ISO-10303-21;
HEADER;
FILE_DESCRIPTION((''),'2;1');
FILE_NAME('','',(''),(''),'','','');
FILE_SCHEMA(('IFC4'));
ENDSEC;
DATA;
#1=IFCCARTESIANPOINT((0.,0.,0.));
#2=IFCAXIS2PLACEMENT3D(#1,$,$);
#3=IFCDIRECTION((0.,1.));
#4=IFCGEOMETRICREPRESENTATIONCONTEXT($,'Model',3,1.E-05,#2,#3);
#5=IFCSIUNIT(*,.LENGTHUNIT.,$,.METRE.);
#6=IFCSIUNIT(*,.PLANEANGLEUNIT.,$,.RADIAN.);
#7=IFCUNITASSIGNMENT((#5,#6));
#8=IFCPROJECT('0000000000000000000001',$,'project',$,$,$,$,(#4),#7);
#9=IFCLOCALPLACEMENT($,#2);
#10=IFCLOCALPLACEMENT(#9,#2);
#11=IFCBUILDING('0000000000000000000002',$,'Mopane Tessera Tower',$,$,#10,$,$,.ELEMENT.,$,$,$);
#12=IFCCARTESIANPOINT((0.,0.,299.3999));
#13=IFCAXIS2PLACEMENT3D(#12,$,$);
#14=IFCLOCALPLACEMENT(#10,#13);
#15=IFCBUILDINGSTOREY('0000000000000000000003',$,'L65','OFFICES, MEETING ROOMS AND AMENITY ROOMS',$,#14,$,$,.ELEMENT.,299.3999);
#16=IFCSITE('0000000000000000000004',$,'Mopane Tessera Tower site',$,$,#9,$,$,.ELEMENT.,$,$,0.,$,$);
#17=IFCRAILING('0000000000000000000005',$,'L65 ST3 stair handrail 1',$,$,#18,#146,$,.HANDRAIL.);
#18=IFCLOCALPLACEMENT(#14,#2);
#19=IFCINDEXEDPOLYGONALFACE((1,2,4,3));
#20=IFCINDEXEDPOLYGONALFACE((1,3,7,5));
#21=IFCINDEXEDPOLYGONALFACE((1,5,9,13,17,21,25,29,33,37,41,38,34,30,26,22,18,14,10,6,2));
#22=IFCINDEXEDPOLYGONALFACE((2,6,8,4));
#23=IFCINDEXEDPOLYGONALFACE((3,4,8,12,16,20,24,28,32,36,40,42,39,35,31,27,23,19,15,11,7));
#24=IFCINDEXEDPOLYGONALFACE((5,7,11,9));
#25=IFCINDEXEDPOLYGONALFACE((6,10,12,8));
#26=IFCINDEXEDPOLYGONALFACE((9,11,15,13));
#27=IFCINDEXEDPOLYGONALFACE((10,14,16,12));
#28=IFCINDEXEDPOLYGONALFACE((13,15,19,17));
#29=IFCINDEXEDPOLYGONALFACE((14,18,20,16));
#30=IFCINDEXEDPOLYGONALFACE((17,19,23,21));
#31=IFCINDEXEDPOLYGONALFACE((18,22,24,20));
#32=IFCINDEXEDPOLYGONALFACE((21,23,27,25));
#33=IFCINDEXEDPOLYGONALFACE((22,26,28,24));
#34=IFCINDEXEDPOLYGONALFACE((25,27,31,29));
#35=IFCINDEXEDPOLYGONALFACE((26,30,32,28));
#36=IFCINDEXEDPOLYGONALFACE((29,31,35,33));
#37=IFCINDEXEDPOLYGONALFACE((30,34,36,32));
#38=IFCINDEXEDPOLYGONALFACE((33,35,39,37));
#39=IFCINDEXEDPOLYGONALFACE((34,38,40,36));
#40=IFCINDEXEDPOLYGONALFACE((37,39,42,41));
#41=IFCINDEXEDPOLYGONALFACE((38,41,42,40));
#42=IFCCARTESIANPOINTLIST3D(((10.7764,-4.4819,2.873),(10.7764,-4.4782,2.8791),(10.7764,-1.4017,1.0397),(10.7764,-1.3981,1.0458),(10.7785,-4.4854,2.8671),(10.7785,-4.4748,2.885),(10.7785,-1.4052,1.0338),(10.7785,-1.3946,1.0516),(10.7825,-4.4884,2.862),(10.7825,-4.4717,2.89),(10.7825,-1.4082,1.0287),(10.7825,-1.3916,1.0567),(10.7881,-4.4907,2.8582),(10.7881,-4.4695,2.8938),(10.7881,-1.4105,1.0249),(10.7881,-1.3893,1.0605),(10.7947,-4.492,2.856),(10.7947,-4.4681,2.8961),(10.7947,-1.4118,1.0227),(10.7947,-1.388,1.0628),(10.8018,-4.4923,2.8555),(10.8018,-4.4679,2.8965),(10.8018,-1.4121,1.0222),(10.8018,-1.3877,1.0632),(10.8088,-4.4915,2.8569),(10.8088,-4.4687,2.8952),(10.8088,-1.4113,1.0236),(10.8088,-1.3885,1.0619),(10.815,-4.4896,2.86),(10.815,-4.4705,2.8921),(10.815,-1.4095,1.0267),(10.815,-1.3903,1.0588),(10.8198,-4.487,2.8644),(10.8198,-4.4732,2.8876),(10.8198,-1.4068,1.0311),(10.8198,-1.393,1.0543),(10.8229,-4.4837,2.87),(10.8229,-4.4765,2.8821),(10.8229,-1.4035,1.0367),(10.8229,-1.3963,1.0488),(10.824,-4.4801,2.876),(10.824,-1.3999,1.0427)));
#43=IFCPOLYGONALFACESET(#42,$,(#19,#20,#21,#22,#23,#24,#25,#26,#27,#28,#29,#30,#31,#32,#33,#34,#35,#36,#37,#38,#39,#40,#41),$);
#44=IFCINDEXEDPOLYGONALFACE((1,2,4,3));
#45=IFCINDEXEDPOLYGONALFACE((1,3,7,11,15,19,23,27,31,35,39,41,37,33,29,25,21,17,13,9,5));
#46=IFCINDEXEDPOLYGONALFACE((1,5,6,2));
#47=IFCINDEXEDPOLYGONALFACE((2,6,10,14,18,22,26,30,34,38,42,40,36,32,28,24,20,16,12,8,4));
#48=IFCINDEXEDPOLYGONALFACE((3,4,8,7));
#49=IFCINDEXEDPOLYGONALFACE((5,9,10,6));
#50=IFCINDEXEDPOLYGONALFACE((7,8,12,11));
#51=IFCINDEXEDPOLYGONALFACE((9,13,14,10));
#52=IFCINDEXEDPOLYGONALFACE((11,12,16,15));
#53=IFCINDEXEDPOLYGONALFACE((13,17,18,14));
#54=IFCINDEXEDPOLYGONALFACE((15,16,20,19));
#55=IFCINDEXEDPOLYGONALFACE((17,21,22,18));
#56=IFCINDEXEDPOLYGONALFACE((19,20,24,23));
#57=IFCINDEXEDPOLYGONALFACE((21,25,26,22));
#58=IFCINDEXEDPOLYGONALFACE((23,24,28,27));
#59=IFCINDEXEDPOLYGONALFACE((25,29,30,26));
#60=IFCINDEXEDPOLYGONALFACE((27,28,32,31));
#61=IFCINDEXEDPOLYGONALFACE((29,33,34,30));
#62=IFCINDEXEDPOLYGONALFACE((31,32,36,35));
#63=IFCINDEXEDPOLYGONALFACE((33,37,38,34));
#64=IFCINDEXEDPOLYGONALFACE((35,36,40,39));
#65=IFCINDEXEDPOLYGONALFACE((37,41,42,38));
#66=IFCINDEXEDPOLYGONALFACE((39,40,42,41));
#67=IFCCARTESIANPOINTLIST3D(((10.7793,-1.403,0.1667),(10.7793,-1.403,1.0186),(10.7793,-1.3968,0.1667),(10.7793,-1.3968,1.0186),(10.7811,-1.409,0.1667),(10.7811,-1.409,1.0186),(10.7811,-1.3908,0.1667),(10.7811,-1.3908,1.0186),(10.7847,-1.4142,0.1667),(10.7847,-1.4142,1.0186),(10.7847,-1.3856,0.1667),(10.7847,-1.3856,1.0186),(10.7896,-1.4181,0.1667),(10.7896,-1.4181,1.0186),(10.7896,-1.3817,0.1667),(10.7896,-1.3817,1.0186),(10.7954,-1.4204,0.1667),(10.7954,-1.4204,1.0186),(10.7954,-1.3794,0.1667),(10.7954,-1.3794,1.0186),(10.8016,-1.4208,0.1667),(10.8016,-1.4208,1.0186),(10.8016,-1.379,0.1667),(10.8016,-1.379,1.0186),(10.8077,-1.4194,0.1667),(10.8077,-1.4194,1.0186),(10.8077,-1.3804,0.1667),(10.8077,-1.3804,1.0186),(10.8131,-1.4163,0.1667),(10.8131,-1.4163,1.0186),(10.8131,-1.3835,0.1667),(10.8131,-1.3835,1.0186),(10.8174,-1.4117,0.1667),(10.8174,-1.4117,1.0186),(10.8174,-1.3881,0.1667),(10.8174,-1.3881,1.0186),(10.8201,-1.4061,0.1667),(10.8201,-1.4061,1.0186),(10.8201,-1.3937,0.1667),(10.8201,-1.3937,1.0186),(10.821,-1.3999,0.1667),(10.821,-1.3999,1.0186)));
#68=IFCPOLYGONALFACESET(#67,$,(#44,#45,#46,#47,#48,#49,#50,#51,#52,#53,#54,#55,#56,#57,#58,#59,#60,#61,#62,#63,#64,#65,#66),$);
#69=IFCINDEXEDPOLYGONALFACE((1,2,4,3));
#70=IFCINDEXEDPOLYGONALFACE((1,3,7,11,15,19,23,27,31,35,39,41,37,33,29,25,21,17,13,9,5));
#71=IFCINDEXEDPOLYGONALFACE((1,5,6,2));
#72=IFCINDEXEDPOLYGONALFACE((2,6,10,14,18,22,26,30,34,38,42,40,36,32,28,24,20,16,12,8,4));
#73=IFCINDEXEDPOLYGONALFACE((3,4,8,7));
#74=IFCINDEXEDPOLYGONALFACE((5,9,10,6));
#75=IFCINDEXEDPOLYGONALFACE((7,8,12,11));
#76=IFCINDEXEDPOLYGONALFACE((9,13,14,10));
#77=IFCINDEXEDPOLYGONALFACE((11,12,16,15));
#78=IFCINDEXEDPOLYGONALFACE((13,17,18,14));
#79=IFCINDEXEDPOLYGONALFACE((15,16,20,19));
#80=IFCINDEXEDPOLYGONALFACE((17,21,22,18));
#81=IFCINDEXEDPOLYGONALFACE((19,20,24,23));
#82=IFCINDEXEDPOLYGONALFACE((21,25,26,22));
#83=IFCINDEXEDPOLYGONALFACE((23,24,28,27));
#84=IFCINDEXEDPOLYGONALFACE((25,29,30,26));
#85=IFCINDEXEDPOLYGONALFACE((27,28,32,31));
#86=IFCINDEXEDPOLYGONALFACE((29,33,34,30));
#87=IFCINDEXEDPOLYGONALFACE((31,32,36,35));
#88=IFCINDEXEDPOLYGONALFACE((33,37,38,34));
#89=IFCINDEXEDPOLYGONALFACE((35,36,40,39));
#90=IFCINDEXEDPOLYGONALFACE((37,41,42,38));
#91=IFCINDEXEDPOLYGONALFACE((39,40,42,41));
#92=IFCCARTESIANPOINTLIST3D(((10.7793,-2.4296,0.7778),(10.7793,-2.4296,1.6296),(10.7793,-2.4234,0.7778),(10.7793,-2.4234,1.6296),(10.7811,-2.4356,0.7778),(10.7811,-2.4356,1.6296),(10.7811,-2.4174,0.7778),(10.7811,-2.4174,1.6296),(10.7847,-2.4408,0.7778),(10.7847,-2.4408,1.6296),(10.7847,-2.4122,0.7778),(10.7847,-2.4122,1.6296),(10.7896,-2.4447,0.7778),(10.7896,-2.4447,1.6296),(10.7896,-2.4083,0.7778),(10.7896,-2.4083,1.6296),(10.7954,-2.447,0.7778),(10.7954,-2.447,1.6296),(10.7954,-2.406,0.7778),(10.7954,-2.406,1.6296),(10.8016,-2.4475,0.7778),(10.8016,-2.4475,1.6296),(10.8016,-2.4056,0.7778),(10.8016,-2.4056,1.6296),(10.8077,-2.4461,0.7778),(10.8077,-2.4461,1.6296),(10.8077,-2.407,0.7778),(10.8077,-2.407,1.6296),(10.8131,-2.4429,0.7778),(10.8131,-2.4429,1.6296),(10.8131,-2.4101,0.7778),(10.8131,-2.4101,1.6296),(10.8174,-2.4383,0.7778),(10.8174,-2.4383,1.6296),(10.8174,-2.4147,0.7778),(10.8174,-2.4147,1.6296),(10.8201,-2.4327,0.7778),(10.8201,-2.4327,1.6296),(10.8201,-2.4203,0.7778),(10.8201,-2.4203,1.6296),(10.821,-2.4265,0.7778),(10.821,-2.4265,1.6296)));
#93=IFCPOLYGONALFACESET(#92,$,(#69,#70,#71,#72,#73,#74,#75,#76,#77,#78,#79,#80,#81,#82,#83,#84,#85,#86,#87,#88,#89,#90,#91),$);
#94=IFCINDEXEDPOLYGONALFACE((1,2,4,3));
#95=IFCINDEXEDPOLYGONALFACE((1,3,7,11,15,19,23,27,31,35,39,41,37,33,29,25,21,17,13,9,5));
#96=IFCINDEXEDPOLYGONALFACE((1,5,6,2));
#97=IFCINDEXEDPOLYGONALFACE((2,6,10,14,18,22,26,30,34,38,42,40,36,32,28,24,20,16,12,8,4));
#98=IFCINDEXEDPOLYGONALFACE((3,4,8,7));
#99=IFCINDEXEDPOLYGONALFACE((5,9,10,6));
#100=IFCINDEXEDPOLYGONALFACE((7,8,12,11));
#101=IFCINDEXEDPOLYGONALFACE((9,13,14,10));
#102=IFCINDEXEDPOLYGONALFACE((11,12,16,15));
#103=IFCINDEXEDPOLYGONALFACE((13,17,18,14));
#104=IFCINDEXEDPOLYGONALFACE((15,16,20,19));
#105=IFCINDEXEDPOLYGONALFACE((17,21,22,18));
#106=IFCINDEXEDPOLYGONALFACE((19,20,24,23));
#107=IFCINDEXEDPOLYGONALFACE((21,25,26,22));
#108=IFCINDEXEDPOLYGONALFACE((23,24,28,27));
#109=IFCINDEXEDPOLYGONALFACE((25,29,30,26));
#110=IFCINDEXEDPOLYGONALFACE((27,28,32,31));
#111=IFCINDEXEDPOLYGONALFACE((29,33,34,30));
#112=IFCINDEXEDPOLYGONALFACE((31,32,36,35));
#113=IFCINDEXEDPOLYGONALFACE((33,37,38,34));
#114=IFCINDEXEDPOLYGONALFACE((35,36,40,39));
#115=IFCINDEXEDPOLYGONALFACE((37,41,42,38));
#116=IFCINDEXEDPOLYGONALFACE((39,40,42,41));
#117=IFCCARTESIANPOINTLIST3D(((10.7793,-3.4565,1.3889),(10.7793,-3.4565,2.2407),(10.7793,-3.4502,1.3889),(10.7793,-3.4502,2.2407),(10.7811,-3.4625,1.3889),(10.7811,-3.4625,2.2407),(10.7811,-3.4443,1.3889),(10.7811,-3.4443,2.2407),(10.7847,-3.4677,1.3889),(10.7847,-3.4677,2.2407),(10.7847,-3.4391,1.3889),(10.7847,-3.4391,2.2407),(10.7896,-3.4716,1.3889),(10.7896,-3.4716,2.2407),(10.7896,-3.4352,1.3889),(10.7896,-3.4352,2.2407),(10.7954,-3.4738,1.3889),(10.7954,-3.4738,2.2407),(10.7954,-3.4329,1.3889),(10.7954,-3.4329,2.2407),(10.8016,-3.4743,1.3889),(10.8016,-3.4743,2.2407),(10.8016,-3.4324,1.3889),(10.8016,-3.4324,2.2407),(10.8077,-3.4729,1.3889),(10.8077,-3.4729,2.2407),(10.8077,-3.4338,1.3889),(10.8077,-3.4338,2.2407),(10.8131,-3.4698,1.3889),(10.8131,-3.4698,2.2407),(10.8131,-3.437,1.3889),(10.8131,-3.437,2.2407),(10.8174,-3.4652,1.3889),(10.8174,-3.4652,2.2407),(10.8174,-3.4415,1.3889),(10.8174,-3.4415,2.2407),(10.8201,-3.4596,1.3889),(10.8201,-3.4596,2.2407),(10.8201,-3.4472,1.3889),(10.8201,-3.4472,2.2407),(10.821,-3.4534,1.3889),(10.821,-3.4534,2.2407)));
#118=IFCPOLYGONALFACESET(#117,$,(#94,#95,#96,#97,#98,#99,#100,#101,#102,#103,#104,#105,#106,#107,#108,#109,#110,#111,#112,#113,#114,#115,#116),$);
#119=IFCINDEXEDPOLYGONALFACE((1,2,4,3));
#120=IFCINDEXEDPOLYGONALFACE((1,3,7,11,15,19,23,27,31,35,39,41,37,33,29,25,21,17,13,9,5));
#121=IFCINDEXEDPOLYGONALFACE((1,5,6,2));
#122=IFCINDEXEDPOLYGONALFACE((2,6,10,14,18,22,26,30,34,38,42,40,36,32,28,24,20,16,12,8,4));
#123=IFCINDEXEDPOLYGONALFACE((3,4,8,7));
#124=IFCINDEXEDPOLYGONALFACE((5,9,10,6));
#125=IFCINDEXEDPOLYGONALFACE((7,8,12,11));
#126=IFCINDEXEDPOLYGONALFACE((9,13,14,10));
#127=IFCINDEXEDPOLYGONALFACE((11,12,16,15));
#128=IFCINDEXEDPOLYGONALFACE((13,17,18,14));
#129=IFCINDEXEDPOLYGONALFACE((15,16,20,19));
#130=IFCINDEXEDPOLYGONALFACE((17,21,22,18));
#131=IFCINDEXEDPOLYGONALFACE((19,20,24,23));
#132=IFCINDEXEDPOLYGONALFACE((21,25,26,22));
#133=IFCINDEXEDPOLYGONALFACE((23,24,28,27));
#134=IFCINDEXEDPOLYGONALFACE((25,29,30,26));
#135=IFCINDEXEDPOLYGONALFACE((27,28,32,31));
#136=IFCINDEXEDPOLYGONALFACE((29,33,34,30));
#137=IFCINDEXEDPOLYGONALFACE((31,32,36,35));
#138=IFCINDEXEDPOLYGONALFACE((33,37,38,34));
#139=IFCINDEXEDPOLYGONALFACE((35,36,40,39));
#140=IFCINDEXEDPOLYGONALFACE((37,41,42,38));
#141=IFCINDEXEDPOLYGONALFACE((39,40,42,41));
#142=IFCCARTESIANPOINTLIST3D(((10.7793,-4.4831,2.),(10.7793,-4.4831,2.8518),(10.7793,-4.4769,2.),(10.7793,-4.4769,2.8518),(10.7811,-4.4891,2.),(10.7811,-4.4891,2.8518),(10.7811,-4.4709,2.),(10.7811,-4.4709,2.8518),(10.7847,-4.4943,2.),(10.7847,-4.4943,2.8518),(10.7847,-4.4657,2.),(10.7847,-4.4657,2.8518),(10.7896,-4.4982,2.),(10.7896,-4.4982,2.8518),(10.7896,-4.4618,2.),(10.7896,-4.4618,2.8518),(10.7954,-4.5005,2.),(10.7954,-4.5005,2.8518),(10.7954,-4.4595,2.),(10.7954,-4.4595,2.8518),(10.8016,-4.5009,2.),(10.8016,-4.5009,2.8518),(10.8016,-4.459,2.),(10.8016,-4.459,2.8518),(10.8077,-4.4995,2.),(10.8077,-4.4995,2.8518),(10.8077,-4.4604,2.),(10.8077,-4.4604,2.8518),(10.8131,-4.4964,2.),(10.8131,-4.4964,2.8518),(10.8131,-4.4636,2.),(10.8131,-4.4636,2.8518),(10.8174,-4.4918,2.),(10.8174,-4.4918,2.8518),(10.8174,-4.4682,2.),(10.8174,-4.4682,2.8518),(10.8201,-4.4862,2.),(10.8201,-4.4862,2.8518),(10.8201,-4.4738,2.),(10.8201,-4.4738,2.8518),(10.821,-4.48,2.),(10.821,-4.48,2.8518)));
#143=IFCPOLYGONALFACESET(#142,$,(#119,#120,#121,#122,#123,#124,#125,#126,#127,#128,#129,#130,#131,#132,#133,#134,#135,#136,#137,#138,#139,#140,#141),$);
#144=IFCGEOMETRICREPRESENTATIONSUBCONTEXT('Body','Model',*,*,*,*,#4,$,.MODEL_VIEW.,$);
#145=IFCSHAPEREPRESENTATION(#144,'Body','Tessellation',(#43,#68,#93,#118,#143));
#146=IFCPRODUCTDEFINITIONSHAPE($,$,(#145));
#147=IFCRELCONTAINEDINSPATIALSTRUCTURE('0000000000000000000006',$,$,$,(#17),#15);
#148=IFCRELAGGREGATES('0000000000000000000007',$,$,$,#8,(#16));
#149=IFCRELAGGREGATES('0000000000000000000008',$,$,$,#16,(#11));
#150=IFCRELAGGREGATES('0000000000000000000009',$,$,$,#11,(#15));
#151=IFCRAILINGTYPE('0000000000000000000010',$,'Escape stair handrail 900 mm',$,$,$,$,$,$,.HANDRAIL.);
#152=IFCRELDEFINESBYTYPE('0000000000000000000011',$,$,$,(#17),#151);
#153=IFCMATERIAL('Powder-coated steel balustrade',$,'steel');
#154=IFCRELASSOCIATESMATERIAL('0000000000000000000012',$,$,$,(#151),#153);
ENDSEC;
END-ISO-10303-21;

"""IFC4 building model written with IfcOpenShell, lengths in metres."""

from ifc_helpers import new_model, si_unit, direction, frame, origin, origin_2d, place, context, subcontext, project, spatial, circle, extrude, material, type_object, element, save


model = new_model("IFC4")

# Units and contexts
model_context = context("Model", 3, precision=1e-05, world=origin(), true_north=direction((0.0, 1.0)))
body_context = subcontext(model_context, "Body", "Model", "MODEL_VIEW")
ifc_project = project(units=[si_unit("LENGTHUNIT", "METRE"), si_unit("PLANEANGLEUNIT", "RADIAN")], contexts=[model_context])

# Site, building, storey
site_placement = place(None, origin())
site = spatial("IfcSite", under=ifc_project, at=site_placement, Name="Mopane Tessera Tower site", CompositionType="ELEMENT", RefElevation=0.0)
building_placement = place(site_placement, origin())
building = spatial("IfcBuilding", under=site, at=building_placement, Name="Mopane Tessera Tower", CompositionType="ELEMENT")
storey_placement = place(building_placement, frame((0.0, 0.0, 299.3999)))
storey = spatial("IfcBuildingStorey", under=building, at=storey_placement, Name="L65", Description="OFFICES, MEETING ROOMS AND AMENITY ROOMS", CompositionType="ELEMENT", Elevation=299.3999)

# Railing
ifc_material_1 = material(Name="Powder-coated steel balustrade", Category="steel")
railing_type_1 = type_object("IfcRailingType", Name="Escape stair handrail 900 mm", PredefinedType="HANDRAIL", material=ifc_material_1)
railing_1_placement = place(storey_placement, frame((10.8, -1.3999, 0.1667)))
element("IfcRailing", 1, at=railing_1_placement, inside=storey, type_object=railing_type_1, Name="L65 ST3 stair handrail 1", PredefinedType="HANDRAIL", context=body_context, shape_type="SweptSolid", body=[
    extrude(circle(Radius=0.0239, at=origin_2d()), frame((0.0, 0.0, 0.876), z_axis=(0.0, -0.859309, 0.511458), x_axis=(1.0, 0.0, 0.0)), (0.0, 0.0, 1.0), 3.5845),
    extrude(circle(Radius=0.021, at=origin_2d()), origin(), (0.0, 0.0, 1.0), 0.8518),
    extrude(circle(Radius=0.021, at=origin_2d()), frame((0.0, -1.0266, 0.6111)), (0.0, 0.0, 1.0), 0.8518),
    extrude(circle(Radius=0.021, at=origin_2d()), frame((0.0, -2.0535, 1.2222)), (0.0, 0.0, 1.0), 0.8518),
    extrude(circle(Radius=0.021, at=origin_2d()), frame((0.0, -3.0801, 1.8333)), (0.0, 0.0, 1.0), 0.8518),
])

save(model, "model.ifc")
